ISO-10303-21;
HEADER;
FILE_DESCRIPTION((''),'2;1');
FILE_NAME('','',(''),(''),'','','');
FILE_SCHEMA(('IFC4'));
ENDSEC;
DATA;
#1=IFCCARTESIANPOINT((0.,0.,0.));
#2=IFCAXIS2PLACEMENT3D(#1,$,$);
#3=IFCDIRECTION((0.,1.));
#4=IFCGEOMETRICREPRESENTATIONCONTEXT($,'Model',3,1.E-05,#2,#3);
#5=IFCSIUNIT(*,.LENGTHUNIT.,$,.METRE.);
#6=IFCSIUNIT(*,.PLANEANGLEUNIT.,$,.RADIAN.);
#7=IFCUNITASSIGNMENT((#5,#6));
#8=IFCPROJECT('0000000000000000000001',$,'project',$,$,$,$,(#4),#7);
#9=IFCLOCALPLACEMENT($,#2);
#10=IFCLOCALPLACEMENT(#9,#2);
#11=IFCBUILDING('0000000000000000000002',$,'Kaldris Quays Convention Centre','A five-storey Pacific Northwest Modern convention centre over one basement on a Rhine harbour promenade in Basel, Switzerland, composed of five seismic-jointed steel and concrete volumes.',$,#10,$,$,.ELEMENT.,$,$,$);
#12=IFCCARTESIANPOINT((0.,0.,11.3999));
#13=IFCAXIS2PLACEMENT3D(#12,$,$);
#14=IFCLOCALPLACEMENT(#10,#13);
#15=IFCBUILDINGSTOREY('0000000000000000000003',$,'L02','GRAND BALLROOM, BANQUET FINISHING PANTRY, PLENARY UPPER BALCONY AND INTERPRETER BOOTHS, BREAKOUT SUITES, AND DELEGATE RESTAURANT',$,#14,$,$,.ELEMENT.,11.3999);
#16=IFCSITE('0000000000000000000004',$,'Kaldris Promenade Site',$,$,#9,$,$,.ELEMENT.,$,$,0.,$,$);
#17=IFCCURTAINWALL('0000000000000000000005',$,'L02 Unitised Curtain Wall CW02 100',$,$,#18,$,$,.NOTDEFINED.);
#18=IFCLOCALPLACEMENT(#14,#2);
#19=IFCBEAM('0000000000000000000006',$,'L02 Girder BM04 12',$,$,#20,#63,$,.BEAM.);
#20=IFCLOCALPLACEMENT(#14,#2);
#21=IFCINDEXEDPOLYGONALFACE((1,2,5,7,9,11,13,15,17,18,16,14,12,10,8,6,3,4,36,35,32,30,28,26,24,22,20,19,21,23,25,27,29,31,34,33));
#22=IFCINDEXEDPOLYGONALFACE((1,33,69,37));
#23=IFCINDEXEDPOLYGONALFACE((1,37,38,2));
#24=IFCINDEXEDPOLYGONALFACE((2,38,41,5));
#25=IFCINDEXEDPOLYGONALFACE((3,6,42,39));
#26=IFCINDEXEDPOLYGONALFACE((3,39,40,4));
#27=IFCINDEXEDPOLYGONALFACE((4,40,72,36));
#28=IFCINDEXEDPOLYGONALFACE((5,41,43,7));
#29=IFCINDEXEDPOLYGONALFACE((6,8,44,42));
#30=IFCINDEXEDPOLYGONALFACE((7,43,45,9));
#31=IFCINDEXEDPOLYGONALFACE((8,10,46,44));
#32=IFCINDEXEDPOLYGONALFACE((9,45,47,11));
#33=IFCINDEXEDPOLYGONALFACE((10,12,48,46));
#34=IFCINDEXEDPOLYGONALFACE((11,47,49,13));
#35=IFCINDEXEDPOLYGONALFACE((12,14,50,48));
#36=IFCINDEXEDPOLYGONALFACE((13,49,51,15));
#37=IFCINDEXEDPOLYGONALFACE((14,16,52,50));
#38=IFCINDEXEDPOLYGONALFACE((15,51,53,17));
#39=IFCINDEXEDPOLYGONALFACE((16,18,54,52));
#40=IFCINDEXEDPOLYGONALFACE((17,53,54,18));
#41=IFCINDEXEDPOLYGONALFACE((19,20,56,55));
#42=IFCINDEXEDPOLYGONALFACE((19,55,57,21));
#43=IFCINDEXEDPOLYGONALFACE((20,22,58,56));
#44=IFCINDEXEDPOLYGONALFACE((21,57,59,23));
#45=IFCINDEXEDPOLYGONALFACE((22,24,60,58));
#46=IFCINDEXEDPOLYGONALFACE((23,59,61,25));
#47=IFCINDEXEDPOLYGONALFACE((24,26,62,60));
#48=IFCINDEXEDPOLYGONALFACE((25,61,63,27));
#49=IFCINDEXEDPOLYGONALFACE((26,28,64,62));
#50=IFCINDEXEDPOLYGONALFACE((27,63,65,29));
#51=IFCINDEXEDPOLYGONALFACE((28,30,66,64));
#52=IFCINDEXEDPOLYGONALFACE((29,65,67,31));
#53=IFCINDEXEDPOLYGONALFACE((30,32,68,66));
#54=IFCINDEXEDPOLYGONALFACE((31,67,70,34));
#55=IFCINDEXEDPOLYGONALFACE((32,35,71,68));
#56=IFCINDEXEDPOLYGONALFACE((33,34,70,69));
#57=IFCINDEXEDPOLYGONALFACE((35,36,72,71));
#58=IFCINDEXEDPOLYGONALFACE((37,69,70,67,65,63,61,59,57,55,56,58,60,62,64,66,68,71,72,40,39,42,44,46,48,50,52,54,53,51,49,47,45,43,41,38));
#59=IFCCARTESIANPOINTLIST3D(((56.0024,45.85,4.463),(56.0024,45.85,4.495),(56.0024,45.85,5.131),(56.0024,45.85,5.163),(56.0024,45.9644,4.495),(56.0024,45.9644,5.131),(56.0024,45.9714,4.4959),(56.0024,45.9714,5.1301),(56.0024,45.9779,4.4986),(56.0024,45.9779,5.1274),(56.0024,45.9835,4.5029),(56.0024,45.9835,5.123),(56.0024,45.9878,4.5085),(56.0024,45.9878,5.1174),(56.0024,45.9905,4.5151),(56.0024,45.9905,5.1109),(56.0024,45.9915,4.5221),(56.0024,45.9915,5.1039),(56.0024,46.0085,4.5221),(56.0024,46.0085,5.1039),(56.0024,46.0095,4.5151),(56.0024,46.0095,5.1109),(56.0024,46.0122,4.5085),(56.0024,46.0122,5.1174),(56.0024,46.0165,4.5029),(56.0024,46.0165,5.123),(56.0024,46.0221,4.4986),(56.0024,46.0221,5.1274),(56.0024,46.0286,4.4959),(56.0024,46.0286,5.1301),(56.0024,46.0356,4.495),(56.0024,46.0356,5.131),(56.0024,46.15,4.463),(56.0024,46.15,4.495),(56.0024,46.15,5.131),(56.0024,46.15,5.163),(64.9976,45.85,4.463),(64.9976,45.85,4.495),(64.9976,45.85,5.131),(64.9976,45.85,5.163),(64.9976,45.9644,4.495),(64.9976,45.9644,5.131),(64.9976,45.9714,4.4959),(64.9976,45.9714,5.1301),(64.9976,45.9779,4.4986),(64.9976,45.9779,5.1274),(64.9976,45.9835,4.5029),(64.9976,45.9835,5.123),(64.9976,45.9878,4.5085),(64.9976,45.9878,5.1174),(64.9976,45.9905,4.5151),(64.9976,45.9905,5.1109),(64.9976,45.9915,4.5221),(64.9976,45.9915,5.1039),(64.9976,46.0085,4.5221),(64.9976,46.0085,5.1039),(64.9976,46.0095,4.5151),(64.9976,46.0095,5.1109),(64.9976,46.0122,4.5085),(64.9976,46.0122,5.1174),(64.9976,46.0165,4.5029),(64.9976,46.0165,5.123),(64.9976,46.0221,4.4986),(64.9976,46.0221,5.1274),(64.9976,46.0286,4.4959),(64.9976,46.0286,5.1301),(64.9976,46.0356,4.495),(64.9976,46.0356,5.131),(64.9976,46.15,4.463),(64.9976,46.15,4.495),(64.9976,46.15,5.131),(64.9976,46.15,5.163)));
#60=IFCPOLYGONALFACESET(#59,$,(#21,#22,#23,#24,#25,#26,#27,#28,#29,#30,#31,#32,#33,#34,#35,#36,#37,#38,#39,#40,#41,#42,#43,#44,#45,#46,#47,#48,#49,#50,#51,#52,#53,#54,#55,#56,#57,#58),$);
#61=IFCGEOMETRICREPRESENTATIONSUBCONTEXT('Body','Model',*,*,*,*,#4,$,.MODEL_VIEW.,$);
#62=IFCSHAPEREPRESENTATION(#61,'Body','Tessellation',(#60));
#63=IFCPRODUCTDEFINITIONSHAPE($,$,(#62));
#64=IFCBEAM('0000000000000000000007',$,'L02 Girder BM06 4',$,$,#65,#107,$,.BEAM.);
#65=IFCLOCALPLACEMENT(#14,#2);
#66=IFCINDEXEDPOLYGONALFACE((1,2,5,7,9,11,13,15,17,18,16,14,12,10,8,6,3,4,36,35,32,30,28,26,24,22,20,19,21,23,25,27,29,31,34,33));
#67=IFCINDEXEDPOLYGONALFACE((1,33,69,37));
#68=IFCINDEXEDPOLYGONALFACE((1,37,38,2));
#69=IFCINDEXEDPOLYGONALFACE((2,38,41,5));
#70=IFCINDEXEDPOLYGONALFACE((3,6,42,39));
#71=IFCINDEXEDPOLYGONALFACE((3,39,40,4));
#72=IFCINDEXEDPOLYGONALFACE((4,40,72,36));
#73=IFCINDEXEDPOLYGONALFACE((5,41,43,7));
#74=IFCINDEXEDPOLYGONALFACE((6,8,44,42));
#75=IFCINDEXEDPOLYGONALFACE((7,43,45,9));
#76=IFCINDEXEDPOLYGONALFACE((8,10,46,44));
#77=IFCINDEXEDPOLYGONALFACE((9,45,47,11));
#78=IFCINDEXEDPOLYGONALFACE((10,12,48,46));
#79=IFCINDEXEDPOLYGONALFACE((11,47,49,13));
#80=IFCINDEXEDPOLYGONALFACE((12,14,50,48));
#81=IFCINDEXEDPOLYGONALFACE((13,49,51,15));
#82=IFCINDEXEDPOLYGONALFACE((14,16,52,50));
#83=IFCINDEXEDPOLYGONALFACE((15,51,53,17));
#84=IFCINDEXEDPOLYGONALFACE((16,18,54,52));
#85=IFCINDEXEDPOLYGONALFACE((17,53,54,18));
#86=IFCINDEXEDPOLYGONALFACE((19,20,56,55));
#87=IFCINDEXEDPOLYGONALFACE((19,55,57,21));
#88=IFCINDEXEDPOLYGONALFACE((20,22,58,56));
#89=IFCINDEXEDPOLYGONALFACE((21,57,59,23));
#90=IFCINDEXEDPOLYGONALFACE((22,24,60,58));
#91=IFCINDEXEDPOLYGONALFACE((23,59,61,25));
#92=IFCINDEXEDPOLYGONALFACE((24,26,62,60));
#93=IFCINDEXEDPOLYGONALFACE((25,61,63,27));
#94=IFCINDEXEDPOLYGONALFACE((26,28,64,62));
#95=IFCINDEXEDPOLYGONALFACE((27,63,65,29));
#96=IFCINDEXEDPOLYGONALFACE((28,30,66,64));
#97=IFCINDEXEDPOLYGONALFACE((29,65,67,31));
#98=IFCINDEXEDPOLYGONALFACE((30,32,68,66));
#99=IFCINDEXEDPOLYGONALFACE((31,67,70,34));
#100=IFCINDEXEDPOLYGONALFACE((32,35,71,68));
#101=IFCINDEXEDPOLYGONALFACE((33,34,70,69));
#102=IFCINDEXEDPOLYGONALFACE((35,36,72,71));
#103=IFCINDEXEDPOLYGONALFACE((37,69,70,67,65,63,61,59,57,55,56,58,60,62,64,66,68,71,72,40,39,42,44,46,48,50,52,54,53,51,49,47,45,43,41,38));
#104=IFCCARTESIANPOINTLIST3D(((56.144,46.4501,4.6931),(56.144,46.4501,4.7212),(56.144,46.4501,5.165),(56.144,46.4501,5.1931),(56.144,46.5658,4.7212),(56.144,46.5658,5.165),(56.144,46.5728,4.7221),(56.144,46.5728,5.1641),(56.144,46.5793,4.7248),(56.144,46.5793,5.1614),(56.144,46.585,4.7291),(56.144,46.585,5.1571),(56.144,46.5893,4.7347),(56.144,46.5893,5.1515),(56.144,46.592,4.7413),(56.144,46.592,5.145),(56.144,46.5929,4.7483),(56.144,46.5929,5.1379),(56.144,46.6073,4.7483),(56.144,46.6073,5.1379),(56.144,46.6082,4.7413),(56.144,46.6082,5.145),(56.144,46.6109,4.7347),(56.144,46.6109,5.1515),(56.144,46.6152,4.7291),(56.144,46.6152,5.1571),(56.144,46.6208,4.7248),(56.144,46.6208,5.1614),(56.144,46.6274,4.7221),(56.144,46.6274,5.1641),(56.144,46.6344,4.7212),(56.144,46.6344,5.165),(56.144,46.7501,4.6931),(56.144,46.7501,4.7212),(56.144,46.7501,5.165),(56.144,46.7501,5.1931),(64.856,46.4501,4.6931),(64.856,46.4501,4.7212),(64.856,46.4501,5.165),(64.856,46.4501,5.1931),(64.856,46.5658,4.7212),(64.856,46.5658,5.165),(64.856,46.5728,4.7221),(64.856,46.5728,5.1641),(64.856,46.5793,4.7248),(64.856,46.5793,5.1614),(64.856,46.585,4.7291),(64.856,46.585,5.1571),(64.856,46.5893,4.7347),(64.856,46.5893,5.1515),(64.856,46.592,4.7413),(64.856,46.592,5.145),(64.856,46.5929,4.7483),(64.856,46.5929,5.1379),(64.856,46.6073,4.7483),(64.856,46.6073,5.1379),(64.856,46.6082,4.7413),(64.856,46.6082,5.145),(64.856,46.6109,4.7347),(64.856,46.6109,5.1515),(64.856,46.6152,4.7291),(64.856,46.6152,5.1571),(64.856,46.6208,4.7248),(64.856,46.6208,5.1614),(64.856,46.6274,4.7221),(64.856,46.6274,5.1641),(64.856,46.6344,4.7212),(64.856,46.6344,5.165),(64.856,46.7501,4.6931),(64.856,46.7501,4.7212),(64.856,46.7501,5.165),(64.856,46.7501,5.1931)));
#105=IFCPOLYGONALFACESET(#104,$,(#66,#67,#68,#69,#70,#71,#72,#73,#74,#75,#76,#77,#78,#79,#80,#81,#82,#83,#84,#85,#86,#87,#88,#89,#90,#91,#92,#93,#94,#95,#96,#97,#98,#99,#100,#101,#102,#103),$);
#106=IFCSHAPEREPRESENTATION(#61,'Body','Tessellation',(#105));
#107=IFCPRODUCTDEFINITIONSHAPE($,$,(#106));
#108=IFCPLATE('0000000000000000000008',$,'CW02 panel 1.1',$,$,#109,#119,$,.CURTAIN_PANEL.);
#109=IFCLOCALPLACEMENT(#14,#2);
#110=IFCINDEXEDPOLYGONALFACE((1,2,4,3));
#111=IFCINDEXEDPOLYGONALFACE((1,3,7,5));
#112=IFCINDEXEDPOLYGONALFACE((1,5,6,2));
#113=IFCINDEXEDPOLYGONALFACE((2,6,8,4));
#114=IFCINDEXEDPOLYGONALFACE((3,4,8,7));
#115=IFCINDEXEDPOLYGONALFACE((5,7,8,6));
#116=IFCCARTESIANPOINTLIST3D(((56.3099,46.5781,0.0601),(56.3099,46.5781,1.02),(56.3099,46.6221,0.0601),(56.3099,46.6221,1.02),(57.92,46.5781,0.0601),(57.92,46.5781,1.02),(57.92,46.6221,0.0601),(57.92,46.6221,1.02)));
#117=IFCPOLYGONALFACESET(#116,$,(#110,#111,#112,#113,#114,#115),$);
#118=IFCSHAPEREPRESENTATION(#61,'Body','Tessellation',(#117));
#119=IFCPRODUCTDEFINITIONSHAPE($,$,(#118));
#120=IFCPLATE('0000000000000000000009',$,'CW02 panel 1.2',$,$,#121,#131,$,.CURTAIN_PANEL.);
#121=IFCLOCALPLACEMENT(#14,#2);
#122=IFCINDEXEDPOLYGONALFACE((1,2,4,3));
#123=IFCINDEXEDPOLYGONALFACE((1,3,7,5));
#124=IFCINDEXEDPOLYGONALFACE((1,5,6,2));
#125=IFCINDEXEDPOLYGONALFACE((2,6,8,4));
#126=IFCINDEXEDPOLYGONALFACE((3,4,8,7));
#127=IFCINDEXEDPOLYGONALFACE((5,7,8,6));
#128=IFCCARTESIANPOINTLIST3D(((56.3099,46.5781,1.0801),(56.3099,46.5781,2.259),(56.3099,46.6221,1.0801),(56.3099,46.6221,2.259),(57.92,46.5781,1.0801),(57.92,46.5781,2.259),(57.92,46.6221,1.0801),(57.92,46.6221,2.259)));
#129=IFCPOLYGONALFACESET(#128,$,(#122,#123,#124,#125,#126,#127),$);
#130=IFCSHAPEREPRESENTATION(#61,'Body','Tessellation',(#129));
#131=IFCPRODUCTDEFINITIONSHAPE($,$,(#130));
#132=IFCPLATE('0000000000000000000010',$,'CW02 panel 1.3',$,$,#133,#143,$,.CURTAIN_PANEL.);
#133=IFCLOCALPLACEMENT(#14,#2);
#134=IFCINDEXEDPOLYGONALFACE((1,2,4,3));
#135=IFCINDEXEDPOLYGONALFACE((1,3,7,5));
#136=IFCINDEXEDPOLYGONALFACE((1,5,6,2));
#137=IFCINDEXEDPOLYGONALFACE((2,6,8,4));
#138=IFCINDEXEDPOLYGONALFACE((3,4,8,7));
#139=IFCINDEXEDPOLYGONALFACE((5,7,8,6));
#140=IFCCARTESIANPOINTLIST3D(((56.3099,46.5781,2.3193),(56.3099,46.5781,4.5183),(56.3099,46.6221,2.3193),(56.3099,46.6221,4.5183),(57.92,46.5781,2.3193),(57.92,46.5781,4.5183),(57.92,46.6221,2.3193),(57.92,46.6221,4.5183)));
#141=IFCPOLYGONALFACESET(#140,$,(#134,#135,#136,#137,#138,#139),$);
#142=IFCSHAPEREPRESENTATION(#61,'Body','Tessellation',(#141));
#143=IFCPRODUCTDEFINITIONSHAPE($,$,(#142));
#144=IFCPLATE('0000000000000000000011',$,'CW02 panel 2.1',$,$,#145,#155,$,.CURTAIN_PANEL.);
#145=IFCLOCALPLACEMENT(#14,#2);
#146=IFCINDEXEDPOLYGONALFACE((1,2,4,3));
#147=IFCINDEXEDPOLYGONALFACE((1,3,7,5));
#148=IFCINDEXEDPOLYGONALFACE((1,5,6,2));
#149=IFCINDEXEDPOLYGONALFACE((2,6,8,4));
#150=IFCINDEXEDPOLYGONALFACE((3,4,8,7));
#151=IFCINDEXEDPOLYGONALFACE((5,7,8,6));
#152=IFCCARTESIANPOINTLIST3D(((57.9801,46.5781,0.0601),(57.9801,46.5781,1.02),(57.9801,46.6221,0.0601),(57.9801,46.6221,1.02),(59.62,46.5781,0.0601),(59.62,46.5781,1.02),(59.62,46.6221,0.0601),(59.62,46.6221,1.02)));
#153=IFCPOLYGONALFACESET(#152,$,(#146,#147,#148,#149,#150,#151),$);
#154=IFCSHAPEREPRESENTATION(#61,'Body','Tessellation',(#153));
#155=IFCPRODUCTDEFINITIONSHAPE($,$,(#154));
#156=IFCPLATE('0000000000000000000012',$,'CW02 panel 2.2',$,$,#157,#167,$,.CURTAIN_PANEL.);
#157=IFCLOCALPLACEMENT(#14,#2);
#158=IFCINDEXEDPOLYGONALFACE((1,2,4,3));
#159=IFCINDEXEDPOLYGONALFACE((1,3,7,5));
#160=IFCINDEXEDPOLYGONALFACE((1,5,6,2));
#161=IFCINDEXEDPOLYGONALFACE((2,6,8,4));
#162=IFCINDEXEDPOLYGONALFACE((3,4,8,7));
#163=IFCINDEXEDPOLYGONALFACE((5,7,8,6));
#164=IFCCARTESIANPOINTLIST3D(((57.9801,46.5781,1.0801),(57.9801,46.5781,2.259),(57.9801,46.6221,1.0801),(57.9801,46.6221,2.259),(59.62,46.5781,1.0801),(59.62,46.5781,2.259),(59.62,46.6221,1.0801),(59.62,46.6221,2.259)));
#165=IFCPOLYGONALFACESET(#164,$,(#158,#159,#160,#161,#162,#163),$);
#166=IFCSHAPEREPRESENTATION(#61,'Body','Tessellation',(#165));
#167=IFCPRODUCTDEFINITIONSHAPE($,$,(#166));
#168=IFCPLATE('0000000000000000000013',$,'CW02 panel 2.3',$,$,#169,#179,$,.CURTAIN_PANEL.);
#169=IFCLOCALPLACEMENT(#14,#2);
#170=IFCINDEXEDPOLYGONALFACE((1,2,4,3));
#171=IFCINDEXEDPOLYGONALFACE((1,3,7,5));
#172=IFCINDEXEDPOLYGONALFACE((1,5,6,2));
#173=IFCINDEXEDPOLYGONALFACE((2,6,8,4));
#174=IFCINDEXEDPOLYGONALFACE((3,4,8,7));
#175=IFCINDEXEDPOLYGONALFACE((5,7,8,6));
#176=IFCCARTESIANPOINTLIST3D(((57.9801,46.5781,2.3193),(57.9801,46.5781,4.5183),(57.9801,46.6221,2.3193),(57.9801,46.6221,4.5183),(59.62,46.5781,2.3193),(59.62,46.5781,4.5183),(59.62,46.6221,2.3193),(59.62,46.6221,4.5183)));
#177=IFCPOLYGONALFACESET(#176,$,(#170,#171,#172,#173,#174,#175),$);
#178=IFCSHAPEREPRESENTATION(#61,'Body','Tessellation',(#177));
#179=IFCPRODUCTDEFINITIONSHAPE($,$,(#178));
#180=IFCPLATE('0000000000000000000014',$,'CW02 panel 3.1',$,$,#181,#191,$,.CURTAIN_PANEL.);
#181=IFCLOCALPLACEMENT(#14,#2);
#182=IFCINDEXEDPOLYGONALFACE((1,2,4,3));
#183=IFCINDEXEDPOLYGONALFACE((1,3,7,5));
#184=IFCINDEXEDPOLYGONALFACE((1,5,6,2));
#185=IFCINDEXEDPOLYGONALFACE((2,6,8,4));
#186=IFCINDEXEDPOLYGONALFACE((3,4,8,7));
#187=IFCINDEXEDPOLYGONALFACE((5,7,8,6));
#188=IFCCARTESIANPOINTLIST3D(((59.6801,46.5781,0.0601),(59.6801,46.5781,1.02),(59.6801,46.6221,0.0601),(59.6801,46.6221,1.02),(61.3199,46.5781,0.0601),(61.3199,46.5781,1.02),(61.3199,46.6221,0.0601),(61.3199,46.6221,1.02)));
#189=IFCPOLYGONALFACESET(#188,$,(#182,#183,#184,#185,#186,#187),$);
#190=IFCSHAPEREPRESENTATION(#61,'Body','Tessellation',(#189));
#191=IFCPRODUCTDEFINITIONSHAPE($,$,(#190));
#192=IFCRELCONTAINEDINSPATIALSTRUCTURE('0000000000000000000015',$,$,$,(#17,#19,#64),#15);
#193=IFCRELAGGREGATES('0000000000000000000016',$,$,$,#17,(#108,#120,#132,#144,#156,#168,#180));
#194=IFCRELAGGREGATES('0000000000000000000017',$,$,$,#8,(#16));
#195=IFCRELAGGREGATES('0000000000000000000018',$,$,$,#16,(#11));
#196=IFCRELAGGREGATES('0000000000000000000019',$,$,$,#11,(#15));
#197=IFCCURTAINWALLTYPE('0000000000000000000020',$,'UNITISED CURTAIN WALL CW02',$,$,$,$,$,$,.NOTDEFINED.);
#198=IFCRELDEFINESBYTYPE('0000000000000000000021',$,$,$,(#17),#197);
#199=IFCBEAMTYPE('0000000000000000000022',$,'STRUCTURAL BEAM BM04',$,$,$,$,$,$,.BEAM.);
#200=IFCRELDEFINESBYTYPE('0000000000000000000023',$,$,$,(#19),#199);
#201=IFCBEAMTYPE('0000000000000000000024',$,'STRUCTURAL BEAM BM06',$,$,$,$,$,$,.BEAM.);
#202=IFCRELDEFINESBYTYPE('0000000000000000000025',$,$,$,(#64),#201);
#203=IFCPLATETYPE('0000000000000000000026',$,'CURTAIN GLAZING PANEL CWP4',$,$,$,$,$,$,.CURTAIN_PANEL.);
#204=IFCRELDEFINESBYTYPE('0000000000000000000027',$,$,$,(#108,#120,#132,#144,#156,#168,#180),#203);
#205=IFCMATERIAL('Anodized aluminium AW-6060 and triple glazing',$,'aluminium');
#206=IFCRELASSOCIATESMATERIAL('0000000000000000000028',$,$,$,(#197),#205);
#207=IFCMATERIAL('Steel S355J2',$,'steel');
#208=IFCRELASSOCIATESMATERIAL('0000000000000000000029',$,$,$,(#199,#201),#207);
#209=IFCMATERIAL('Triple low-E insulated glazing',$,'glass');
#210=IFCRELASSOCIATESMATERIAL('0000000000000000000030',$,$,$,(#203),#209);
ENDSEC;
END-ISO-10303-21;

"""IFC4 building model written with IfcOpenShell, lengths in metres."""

from ifc_helpers import new_model, si_unit, direction, frame, origin, origin_2d, place, context, subcontext, project, spatial, rectangle, i_section, extrude, material, material_profile, profile_set, type_object, element, aggregate, save


model = new_model("IFC4")

# Units and contexts
model_context = context("Model", 3, precision=1e-05, world=origin(), true_north=direction((0.0, 1.0)))
body_context = subcontext(model_context, "Body", "Model", "MODEL_VIEW")
ifc_project = project(units=[si_unit("LENGTHUNIT", "METRE"), si_unit("PLANEANGLEUNIT", "RADIAN")], contexts=[model_context])

# Site, building, storey
site_placement = place(None, origin())
site = spatial("IfcSite", under=ifc_project, at=site_placement, Name="Kaldris Promenade Site", CompositionType="ELEMENT", RefElevation=0.0)
building_placement = place(site_placement, origin())
building = spatial("IfcBuilding", under=site, at=building_placement, Name="Kaldris Quays Convention Centre", Description="A five-storey Pacific Northwest Modern convention centre over one basement on a Rhine harbour promenade in Basel, Switzerland, composed of five seismic-jointed steel and concrete volumes.", CompositionType="ELEMENT")
storey_placement = place(building_placement, frame((0.0, 0.0, 11.3999)))
storey = spatial("IfcBuildingStorey", under=building, at=storey_placement, Name="L02", Description="GRAND BALLROOM, BANQUET FINISHING PANTRY, PLENARY UPPER BALCONY AND INTERPRETER BOOTHS, BREAKOUT SUITES, AND DELEGATE RESTAURANT", CompositionType="ELEMENT", Elevation=11.3999)

# Curtain wall
ifc_material_1 = material(Name="Anodized aluminium AW-6060 and triple glazing", Category="aluminium")
curtain_wall_type = type_object("IfcCurtainWallType", Name="UNITISED CURTAIN WALL CW02", PredefinedType="NOTDEFINED", material=ifc_material_1)
curtain_wall_placement = place(storey_placement, origin())
curtain_wall = element("IfcCurtainWall", 1, at=curtain_wall_placement, inside=storey, type_object=curtain_wall_type, Name="L02 Unitised Curtain Wall CW02 100", PredefinedType="NOTDEFINED")

# Beams
ifc_material_2 = material(Name="Steel S355J2", Category="steel")
ifc_material_profile_1 = material_profile(ifc_material_2, i_section(OverallWidth=0.3, OverallDepth=0.7, WebThickness=0.0171, FlangeThickness=0.032, FilletRadius=0.0271, at=origin_2d()), Name="HEB 700")
ifc_profile_set_1 = profile_set([ifc_material_profile_1], Name="Steel S355J2")
beam_type_1 = type_object("IfcBeamType", Name="STRUCTURAL BEAM BM04", PredefinedType="BEAM", material=ifc_profile_set_1)
beam_1_placement = place(storey_placement, frame((56.0024, 46.0, 4.813), z_axis=(1.0, 0.0, 0.0), x_axis=(0.0, 1.0, 0.0)))
element("IfcBeam", 2, at=beam_1_placement, inside=storey, type_object=beam_type_1, Name="L02 Girder BM04 12", PredefinedType="BEAM", context=body_context, shape_type="SweptSolid", body=[
    extrude(i_section(OverallWidth=0.3, OverallDepth=0.7, WebThickness=0.0171, FlangeThickness=0.032, FilletRadius=0.0271, at=origin_2d()), origin(), (0.0, 0.0, 1.0), 8.9951),
])
ifc_material_profile_2 = material_profile(ifc_material_2, i_section(OverallWidth=0.3, OverallDepth=0.5, WebThickness=0.0144, FlangeThickness=0.0281, FilletRadius=0.0271, at=origin_2d()), Name="HEB 500")
ifc_profile_set_2 = profile_set([ifc_material_profile_2], Name="Steel S355J2")
beam_type_2 = type_object("IfcBeamType", Name="STRUCTURAL BEAM BM06", PredefinedType="BEAM", material=ifc_profile_set_2)
beam_2_placement = place(storey_placement, frame((56.144, 46.6001, 4.9431), z_axis=(1.0, 0.0, 0.0), x_axis=(0.0, 1.0, 0.0)))
element("IfcBeam", 3, at=beam_2_placement, inside=storey, type_object=beam_type_2, Name="L02 Girder BM06 4", PredefinedType="BEAM", context=body_context, shape_type="SweptSolid", body=[
    extrude(i_section(OverallWidth=0.3, OverallDepth=0.5, WebThickness=0.0144, FlangeThickness=0.0281, FilletRadius=0.0271, at=origin_2d()), origin(), (0.0, 0.0, 1.0), 8.7119),
])

# Plates
ifc_material_3 = material(Name="Triple low-E insulated glazing", Category="glass")
plate_type = type_object("IfcPlateType", Name="CURTAIN GLAZING PANEL CWP4", PredefinedType="CURTAIN_PANEL", material=ifc_material_3)
plate_1_placement = place(storey_placement, frame((57.115, 46.6001, 0.0601), z_axis=(0.0, 0.0, 1.0), x_axis=(1.0, 0.0, 0.0)))
plate_1 = element("IfcPlate", 4, at=plate_1_placement, type_object=plate_type, Name="CW02 panel 1.1", PredefinedType="CURTAIN_PANEL", context=body_context, shape_type="SweptSolid", body=[
    extrude(rectangle(XDim=1.6101, YDim=0.0439, at=origin_2d()), origin(), (0.0, 0.0, 1.0), 0.96),
])
plate_2_placement = place(storey_placement, frame((57.115, 46.6001, 1.0801), z_axis=(0.0, 0.0, 1.0), x_axis=(1.0, 0.0, 0.0)))
plate_2 = element("IfcPlate", 5, at=plate_2_placement, type_object=plate_type, Name="CW02 panel 1.2", PredefinedType="CURTAIN_PANEL", context=body_context, shape_type="SweptSolid", body=[
    extrude(rectangle(XDim=1.6101, YDim=0.0439, at=origin_2d()), origin(), (0.0, 0.0, 1.0), 1.179),
])
plate_3_placement = place(storey_placement, frame((57.115, 46.6001, 2.3193), z_axis=(0.0, 0.0, 1.0), x_axis=(1.0, 0.0, 0.0)))
plate_3 = element("IfcPlate", 6, at=plate_3_placement, type_object=plate_type, Name="CW02 panel 1.3", PredefinedType="CURTAIN_PANEL", context=body_context, shape_type="SweptSolid", body=[
    extrude(rectangle(XDim=1.6101, YDim=0.0439, at=origin_2d()), origin(), (0.0, 0.0, 1.0), 2.199),
])
plate_4_placement = place(storey_placement, frame((58.8, 46.6001, 0.0601), z_axis=(0.0, 0.0, 1.0), x_axis=(1.0, 0.0, 0.0)))
plate_4 = element("IfcPlate", 7, at=plate_4_placement, type_object=plate_type, Name="CW02 panel 2.1", PredefinedType="CURTAIN_PANEL", context=body_context, shape_type="SweptSolid", body=[
    extrude(rectangle(XDim=1.6399, YDim=0.0439, at=origin_2d()), origin(), (0.0, 0.0, 1.0), 0.96),
])
plate_5_placement = place(storey_placement, frame((58.8, 46.6001, 1.0801), z_axis=(0.0, 0.0, 1.0), x_axis=(1.0, 0.0, 0.0)))
plate_5 = element("IfcPlate", 8, at=plate_5_placement, type_object=plate_type, Name="CW02 panel 2.2", PredefinedType="CURTAIN_PANEL", context=body_context, shape_type="SweptSolid", body=[
    extrude(rectangle(XDim=1.6399, YDim=0.0439, at=origin_2d()), origin(), (0.0, 0.0, 1.0), 1.179),
])
plate_6_placement = place(storey_placement, frame((58.8, 46.6001, 2.3193), z_axis=(0.0, 0.0, 1.0), x_axis=(1.0, 0.0, 0.0)))
plate_6 = element("IfcPlate", 9, at=plate_6_placement, type_object=plate_type, Name="CW02 panel 2.3", PredefinedType="CURTAIN_PANEL", context=body_context, shape_type="SweptSolid", body=[
    extrude(rectangle(XDim=1.6399, YDim=0.0439, at=origin_2d()), origin(), (0.0, 0.0, 1.0), 2.199),
])
plate_7_placement = place(storey_placement, frame((60.5, 46.6001, 0.0601), z_axis=(0.0, 0.0, 1.0), x_axis=(1.0, 0.0, 0.0)))
plate_7 = element("IfcPlate", 10, at=plate_7_placement, type_object=plate_type, Name="CW02 panel 3.1", PredefinedType="CURTAIN_PANEL", context=body_context, shape_type="SweptSolid", body=[
    extrude(rectangle(XDim=1.6399, YDim=0.0439, at=origin_2d()), origin(), (0.0, 0.0, 1.0), 0.96),
])
aggregate(curtain_wall, [plate_1, plate_2, plate_3, plate_4, plate_5, plate_6, plate_7])

save(model, "model.ifc")
